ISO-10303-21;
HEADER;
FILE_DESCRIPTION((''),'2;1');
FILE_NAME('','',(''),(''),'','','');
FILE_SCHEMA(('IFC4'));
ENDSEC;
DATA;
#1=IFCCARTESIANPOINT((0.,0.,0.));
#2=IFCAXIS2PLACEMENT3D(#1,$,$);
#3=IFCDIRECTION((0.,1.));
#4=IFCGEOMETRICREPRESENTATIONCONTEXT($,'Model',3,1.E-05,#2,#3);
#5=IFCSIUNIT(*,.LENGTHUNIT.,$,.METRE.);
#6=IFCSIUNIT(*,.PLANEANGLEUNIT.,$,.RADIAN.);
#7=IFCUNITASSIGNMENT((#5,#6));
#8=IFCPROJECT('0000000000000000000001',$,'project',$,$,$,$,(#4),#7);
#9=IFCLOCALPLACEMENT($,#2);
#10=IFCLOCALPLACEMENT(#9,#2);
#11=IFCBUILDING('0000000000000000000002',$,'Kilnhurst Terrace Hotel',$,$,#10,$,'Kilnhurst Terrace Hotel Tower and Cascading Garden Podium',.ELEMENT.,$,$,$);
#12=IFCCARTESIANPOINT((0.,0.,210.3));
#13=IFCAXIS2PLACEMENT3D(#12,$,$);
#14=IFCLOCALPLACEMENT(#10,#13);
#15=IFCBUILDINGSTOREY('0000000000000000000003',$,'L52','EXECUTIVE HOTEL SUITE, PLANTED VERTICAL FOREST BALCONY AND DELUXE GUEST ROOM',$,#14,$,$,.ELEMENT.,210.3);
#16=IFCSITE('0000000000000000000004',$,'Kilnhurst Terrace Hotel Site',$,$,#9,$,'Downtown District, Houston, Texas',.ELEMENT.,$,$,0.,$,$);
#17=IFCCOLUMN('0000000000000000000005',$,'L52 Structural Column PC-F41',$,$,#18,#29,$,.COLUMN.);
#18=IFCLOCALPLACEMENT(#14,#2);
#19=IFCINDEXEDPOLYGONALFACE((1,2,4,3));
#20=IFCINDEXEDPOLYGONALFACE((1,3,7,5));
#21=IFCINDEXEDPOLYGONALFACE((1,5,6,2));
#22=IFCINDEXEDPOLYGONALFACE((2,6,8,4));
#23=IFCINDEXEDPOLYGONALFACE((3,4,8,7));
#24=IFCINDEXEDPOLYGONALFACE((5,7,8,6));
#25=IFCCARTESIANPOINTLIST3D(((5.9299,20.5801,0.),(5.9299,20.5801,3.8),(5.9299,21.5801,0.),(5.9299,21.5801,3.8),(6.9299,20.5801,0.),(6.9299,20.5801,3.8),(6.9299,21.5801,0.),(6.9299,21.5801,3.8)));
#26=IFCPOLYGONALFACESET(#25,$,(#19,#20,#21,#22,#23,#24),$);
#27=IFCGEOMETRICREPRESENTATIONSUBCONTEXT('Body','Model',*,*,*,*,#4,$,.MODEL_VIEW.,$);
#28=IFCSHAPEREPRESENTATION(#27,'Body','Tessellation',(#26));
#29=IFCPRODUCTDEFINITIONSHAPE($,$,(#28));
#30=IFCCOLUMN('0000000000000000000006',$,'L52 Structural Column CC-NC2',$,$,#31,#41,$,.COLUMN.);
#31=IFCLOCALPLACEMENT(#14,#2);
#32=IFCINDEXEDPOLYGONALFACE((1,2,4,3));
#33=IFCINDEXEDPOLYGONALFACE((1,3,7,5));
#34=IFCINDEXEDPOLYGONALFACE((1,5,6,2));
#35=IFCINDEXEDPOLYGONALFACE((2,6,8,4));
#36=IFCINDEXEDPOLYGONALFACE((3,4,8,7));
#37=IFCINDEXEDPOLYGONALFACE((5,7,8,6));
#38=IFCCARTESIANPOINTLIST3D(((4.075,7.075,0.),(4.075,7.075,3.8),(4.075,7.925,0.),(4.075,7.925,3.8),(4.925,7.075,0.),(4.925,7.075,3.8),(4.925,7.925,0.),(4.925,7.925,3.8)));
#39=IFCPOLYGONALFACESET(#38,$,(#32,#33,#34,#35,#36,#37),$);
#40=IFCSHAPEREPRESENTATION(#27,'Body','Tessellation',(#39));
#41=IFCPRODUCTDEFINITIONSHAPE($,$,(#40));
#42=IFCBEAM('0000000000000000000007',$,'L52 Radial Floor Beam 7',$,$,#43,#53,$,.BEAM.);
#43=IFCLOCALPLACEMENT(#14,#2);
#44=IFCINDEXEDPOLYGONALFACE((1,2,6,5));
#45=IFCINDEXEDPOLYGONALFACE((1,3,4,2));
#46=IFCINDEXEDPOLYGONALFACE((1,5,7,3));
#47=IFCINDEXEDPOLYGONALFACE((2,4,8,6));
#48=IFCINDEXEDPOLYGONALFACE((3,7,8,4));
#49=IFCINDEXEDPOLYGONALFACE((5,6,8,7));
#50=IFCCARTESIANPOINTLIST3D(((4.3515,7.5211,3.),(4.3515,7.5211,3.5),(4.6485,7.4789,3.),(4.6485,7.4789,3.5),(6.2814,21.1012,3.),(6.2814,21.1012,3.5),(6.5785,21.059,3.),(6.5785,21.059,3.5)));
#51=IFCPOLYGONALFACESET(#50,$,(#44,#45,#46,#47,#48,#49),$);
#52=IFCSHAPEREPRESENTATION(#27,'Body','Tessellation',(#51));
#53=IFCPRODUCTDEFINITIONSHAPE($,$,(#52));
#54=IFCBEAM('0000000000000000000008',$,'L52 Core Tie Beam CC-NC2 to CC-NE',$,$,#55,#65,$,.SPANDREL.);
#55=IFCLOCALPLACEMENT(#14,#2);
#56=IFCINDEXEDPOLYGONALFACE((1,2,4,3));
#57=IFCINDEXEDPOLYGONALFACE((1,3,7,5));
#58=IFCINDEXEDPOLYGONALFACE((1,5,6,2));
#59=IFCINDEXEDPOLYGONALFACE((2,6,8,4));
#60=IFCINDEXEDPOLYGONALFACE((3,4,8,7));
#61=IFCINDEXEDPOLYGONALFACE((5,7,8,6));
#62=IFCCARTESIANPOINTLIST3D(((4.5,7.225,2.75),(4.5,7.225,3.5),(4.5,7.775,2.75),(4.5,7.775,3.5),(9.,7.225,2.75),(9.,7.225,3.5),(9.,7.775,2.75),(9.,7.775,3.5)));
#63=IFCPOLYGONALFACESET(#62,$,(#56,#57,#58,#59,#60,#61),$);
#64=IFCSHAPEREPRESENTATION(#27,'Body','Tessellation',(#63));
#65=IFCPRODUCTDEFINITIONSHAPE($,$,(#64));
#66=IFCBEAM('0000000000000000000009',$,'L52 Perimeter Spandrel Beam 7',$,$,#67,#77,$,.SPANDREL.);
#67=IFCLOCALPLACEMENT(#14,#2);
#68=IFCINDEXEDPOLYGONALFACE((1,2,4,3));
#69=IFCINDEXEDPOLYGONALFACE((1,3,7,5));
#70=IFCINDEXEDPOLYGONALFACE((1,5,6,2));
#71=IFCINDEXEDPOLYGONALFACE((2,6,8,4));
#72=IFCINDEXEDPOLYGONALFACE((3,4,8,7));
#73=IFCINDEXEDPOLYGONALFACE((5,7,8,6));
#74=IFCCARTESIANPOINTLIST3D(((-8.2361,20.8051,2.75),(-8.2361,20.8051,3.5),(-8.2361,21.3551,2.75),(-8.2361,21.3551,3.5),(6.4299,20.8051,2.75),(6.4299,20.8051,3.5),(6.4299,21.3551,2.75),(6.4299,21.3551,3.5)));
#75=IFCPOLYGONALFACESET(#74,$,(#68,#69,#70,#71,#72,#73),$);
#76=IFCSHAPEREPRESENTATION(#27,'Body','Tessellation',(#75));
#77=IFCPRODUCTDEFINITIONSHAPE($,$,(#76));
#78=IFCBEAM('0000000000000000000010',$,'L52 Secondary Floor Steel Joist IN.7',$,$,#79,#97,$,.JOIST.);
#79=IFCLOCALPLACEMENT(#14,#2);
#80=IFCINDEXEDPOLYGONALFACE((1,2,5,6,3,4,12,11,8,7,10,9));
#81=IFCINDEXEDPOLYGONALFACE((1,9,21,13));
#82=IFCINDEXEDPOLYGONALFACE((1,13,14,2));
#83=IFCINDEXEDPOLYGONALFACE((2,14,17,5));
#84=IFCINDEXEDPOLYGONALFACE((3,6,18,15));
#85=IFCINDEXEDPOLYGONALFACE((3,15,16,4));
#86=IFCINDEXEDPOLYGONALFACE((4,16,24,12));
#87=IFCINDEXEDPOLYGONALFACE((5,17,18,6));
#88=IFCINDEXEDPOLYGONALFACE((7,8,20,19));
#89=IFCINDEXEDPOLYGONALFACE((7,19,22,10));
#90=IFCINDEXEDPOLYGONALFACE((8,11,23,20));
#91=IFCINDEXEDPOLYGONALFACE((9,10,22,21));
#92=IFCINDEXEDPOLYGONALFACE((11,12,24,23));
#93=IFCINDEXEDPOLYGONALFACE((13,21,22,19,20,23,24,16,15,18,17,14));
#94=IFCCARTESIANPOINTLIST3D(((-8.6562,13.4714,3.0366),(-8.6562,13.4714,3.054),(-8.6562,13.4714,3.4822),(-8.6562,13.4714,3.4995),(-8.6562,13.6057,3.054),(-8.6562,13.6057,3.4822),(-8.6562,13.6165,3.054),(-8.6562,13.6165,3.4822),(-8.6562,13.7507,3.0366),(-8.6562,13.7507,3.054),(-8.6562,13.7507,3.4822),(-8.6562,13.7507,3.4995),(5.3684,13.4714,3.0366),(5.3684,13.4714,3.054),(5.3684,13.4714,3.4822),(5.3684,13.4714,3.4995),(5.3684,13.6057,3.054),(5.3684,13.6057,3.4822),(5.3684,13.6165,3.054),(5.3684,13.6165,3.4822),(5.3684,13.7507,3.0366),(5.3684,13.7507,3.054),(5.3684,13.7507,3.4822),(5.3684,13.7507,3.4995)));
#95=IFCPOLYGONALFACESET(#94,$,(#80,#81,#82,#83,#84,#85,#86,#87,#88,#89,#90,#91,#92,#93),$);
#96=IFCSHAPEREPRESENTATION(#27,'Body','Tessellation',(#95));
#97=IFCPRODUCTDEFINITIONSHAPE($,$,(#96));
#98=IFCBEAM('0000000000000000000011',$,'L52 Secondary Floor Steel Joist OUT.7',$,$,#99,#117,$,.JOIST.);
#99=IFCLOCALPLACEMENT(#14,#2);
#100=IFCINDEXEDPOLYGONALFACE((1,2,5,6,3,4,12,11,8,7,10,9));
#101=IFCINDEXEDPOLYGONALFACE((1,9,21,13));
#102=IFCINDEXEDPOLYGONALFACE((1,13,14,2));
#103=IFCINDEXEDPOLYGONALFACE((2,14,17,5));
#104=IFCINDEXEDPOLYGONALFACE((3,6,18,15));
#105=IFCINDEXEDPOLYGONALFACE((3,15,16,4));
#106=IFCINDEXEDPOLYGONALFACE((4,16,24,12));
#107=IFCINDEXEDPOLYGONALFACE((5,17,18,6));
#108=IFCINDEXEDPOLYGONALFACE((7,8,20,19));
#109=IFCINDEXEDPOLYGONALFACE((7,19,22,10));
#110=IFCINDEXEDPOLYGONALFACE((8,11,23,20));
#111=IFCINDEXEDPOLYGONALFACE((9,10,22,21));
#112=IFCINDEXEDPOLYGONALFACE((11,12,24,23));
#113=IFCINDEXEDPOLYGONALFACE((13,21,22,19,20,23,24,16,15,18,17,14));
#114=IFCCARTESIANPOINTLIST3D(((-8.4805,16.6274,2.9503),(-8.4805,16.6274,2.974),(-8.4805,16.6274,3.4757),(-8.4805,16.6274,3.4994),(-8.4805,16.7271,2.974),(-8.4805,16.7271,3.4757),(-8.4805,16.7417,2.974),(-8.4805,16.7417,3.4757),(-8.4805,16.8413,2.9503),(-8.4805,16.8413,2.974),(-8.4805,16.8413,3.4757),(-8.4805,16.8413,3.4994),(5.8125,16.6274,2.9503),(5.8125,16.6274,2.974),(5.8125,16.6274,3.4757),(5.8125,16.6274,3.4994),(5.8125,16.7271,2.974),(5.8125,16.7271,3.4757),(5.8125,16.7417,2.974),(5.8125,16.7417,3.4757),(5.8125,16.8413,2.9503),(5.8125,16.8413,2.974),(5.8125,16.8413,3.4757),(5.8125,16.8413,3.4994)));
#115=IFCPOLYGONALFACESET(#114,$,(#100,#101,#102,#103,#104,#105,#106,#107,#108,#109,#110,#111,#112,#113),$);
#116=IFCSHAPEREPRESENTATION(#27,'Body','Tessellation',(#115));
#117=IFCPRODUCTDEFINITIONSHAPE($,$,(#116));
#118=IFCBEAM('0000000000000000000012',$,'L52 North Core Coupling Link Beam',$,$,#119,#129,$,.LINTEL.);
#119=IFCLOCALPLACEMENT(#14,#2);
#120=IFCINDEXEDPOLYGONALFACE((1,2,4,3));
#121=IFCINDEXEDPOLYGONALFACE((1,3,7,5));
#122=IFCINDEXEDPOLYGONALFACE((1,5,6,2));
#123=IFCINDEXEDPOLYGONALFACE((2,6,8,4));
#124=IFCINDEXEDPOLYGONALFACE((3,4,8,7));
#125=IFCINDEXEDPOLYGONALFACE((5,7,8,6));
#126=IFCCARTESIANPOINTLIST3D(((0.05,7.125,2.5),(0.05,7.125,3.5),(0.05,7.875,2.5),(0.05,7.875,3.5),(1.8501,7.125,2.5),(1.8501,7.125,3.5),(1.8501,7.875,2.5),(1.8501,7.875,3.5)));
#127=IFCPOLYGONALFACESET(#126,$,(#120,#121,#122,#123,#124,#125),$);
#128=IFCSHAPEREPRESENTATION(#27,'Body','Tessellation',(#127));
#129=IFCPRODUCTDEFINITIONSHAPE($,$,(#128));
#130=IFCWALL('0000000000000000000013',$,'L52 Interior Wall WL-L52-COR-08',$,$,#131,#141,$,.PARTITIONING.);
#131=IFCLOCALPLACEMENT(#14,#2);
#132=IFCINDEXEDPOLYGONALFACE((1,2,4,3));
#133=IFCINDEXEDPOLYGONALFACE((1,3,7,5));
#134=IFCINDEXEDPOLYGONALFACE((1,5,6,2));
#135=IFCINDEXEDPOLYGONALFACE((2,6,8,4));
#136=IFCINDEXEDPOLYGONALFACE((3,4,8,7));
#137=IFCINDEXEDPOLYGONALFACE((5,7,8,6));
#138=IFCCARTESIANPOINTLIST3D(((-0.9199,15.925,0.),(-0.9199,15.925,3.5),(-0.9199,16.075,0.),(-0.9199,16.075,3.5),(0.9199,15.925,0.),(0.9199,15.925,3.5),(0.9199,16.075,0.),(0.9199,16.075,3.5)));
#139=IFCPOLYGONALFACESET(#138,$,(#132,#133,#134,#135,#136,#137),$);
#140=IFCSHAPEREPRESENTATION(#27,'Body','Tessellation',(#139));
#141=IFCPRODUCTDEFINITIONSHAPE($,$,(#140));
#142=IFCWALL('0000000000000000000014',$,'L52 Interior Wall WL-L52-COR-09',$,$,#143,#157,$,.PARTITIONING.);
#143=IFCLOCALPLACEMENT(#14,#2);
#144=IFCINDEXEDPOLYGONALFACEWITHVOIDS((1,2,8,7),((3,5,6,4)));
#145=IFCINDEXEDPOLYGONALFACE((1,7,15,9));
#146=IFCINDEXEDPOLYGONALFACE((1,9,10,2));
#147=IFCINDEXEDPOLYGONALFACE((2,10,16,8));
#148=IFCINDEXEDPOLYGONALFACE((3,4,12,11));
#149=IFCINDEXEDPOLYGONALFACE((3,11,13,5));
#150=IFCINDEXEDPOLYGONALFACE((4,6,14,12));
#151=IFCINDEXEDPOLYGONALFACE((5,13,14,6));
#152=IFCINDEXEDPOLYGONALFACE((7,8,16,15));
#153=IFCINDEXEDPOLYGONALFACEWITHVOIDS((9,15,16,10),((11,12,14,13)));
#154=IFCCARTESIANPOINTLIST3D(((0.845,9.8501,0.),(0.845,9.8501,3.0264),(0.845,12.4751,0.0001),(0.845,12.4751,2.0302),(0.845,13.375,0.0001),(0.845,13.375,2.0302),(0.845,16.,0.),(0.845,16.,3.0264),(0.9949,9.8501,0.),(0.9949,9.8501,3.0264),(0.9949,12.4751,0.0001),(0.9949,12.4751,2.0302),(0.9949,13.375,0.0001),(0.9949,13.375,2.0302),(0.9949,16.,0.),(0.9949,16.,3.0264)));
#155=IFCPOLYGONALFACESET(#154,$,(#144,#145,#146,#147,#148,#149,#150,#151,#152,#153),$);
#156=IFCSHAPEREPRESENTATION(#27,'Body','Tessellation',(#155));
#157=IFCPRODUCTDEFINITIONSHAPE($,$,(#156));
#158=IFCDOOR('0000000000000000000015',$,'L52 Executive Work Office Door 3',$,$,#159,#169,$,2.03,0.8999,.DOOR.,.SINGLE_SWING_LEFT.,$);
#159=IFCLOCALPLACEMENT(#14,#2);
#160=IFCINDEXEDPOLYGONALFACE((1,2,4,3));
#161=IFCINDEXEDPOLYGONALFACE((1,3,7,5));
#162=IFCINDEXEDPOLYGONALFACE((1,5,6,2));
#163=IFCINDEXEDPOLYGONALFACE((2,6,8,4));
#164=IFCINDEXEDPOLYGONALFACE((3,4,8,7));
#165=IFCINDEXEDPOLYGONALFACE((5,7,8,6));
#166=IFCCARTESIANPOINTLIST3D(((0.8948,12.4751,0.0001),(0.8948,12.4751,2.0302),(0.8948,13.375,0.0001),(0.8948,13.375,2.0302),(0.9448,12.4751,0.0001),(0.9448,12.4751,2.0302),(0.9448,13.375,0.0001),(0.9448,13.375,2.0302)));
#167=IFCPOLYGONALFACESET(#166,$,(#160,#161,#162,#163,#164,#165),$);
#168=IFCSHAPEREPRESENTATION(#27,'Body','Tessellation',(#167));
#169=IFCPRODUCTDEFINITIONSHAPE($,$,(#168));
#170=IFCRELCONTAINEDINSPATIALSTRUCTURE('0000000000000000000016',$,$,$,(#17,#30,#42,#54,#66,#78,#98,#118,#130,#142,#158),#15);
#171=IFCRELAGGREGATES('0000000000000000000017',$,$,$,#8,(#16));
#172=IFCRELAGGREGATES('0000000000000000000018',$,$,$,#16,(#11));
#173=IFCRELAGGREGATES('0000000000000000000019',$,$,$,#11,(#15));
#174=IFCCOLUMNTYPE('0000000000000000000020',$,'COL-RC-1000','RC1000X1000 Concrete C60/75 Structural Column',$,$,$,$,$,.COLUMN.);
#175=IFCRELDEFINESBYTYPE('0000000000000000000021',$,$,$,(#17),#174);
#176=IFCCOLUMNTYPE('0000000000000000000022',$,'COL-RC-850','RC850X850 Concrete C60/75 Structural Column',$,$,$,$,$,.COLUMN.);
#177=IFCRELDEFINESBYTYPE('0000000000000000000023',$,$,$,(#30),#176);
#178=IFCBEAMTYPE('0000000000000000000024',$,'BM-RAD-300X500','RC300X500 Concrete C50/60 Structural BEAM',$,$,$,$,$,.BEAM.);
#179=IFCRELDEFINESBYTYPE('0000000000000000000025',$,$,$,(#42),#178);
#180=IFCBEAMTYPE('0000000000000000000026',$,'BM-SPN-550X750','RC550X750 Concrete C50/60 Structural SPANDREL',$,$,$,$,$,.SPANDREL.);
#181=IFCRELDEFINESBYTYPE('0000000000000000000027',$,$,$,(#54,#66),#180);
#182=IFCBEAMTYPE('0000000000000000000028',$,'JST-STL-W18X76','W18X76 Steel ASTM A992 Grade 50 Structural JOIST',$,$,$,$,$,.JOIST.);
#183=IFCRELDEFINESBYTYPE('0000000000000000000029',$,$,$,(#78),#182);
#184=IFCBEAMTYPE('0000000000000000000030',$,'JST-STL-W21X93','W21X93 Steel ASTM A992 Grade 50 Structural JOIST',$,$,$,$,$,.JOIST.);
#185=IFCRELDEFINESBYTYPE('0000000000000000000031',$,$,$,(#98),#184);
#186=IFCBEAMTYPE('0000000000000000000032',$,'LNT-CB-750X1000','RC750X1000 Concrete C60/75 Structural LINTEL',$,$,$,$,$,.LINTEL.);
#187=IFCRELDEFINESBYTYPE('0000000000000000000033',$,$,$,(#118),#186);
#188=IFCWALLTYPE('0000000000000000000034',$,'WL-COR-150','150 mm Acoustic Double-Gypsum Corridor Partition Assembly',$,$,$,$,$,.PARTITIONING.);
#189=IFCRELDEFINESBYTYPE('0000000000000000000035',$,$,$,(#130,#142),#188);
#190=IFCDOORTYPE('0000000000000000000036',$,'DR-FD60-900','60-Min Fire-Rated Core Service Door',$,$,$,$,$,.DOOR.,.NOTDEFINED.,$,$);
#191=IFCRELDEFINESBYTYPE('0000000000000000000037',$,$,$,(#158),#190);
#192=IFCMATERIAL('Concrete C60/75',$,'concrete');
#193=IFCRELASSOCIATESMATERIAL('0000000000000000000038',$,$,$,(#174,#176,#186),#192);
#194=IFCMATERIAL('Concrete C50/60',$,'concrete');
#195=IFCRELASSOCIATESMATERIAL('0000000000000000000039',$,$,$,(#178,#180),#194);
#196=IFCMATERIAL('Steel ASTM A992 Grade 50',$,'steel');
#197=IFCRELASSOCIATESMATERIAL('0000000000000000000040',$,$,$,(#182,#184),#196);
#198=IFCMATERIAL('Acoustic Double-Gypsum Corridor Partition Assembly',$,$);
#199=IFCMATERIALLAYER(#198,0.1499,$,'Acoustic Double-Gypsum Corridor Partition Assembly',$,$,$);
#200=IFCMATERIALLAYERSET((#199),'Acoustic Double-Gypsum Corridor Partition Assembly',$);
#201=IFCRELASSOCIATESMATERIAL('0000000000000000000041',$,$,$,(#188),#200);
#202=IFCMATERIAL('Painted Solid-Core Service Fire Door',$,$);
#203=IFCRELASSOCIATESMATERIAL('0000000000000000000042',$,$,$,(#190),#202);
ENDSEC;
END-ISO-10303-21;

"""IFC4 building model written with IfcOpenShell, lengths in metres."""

from ifc_helpers import new_model, si_unit, direction, frame, frame_2d, origin, origin_2d, place, context, subcontext, project, spatial, rectangle, i_section, extrude, material, layer, layer_set, material_profile, profile_set, type_object, element, fill, save


model = new_model("IFC4")

# Units and contexts
model_context = context("Model", 3, precision=1e-05, world=origin(), true_north=direction((0.0, 1.0)))
body_context = subcontext(model_context, "Body", "Model", "MODEL_VIEW")
ifc_project = project(units=[si_unit("LENGTHUNIT", "METRE"), si_unit("PLANEANGLEUNIT", "RADIAN")], contexts=[model_context])

# Site, building, storey
site_placement = place(None, origin())
site = spatial("IfcSite", under=ifc_project, at=site_placement, Name="Kilnhurst Terrace Hotel Site", LongName="Downtown District, Houston, Texas", CompositionType="ELEMENT", RefElevation=0.0)
building_placement = place(site_placement, origin())
building = spatial("IfcBuilding", under=site, at=building_placement, Name="Kilnhurst Terrace Hotel", LongName="Kilnhurst Terrace Hotel Tower and Cascading Garden Podium", CompositionType="ELEMENT")
storey_placement = place(building_placement, frame((0.0, 0.0, 210.3)))
storey = spatial("IfcBuildingStorey", under=building, at=storey_placement, Name="L52", Description="EXECUTIVE HOTEL SUITE, PLANTED VERTICAL FOREST BALCONY AND DELUXE GUEST ROOM", CompositionType="ELEMENT", Elevation=210.3)

# Columns
ifc_material_1 = material(Name="Concrete C60/75", Category="concrete")
ifc_material_profile_1 = material_profile(ifc_material_1, rectangle(XDim=1.0, YDim=1.0, at=origin_2d()), Name="RC1000X1000")
ifc_profile_set_1 = profile_set([ifc_material_profile_1], Name="Concrete C60/75")
column_type_1 = type_object("IfcColumnType", Name="COL-RC-1000", Description="RC1000X1000 Concrete C60/75 Structural Column", PredefinedType="COLUMN", material=ifc_profile_set_1)
column_1_placement = place(storey_placement, frame((6.4299, 21.0801, 0.0), z_axis=(0.0, 0.0, 1.0), x_axis=(1.0, 0.0, 0.0)))
element("IfcColumn", 1, at=column_1_placement, inside=storey, type_object=column_type_1, Name="L52 Structural Column PC-F41", PredefinedType="COLUMN", context=body_context, shape_type="SweptSolid", body=[
    extrude(rectangle(XDim=1.0, YDim=1.0, at=origin_2d()), origin(), (0.0, 0.0, 1.0), 3.8),
])
ifc_material_profile_2 = material_profile(ifc_material_1, rectangle(XDim=0.8501, YDim=0.8501, at=origin_2d()), Name="RC850X850")
ifc_profile_set_2 = profile_set([ifc_material_profile_2], Name="Concrete C60/75")
column_type_2 = type_object("IfcColumnType", Name="COL-RC-850", Description="RC850X850 Concrete C60/75 Structural Column", PredefinedType="COLUMN", material=ifc_profile_set_2)
column_2_placement = place(storey_placement, frame((4.5, 7.5, 0.0), z_axis=(0.0, 0.0, 1.0), x_axis=(1.0, 0.0, 0.0)))
element("IfcColumn", 2, at=column_2_placement, inside=storey, type_object=column_type_2, Name="L52 Structural Column CC-NC2", PredefinedType="COLUMN", context=body_context, shape_type="SweptSolid", body=[
    extrude(rectangle(XDim=0.8501, YDim=0.8501, at=origin_2d()), origin(), (0.0, 0.0, 1.0), 3.8),
])

# Beams
ifc_material_2 = material(Name="Concrete C50/60", Category="concrete")
ifc_material_profile_3 = material_profile(ifc_material_2, rectangle(XDim=0.3, YDim=0.5, at=origin_2d()), Name="RC300X500")
ifc_profile_set_3 = profile_set([ifc_material_profile_3], Name="Concrete C50/60")
beam_type_1 = type_object("IfcBeamType", Name="BM-RAD-300X500", Description="RC300X500 Concrete C50/60 Structural BEAM", PredefinedType="BEAM", material=ifc_profile_set_3)
beam_1_placement = place(storey_placement, frame((4.5, 7.5, 3.25), z_axis=(0.140701, 0.990052, 0.0), x_axis=(-0.990052, 0.140701, 0.0)))
element("IfcBeam", 3, at=beam_1_placement, inside=storey, type_object=beam_type_1, Name="L52 Radial Floor Beam 7", PredefinedType="BEAM", context=body_context, shape_type="SweptSolid", body=[
    extrude(rectangle(XDim=0.3, YDim=0.5, at=origin_2d()), origin(), (0.0, 0.0, 1.0), 13.7166),
])
ifc_material_profile_4 = material_profile(ifc_material_2, rectangle(XDim=0.55, YDim=0.75, at=origin_2d()), Name="RC550X750")
ifc_profile_set_4 = profile_set([ifc_material_profile_4], Name="Concrete C50/60")
beam_type_2 = type_object("IfcBeamType", Name="BM-SPN-550X750", Description="RC550X750 Concrete C50/60 Structural SPANDREL", PredefinedType="SPANDREL", material=ifc_profile_set_4)
beam_2_placement = place(storey_placement, frame((4.5, 7.5, 3.125), z_axis=(1.0, 0.0, 0.0), x_axis=(0.0, 1.0, 0.0)))
element("IfcBeam", 4, at=beam_2_placement, inside=storey, type_object=beam_type_2, Name="L52 Core Tie Beam CC-NC2 to CC-NE", PredefinedType="SPANDREL", context=body_context, shape_type="SweptSolid", body=[
    extrude(rectangle(XDim=0.55, YDim=0.75, at=origin_2d()), origin(), (0.0, 0.0, 1.0), 4.5),
])
beam_3_placement = place(storey_placement, frame((6.4299, 21.0801, 3.125), z_axis=(-1.0, 0.0, 0.0), x_axis=(0.0, -1.0, 0.0)))
element("IfcBeam", 5, at=beam_3_placement, inside=storey, type_object=beam_type_2, Name="L52 Perimeter Spandrel Beam 7", PredefinedType="SPANDREL", context=body_context, shape_type="SweptSolid", body=[
    extrude(rectangle(XDim=0.55, YDim=0.75, at=origin_2d()), origin(), (0.0, 0.0, 1.0), 14.666),
])
ifc_material_3 = material(Name="Steel ASTM A992 Grade 50", Category="steel")
ifc_material_profile_5 = material_profile(ifc_material_3, i_section(OverallWidth=0.2793, OverallDepth=0.4629, WebThickness=0.0107, FlangeThickness=0.0173, at=origin_2d()), Name="W18X76")
ifc_profile_set_5 = profile_set([ifc_material_profile_5], Name="Steel ASTM A992 Grade 50")
beam_type_3 = type_object("IfcBeamType", Name="JST-STL-W18X76", Description="W18X76 Steel ASTM A992 Grade 50 Structural JOIST", PredefinedType="JOIST", material=ifc_profile_set_5)
beam_4_placement = place(storey_placement, frame((5.3684, 13.6111, 3.2681), z_axis=(-1.0, 0.0, 0.0), x_axis=(0.0, -1.0, 0.0)))
element("IfcBeam", 6, at=beam_4_placement, inside=storey, type_object=beam_type_3, Name="L52 Secondary Floor Steel Joist IN.7", PredefinedType="JOIST", context=body_context, shape_type="SweptSolid", body=[
    extrude(i_section(OverallWidth=0.2793, OverallDepth=0.4629, WebThickness=0.0107, FlangeThickness=0.0173, at=origin_2d()), origin(), (0.0, 0.0, 1.0), 14.0247),
])
ifc_material_profile_6 = material_profile(ifc_material_3, i_section(OverallWidth=0.2139, OverallDepth=0.5491, WebThickness=0.0146, FlangeThickness=0.0237, at=origin_2d()), Name="W21X93")
ifc_profile_set_6 = profile_set([ifc_material_profile_6], Name="Steel ASTM A992 Grade 50")
beam_type_4 = type_object("IfcBeamType", Name="JST-STL-W21X93", Description="W21X93 Steel ASTM A992 Grade 50 Structural JOIST", PredefinedType="JOIST", material=ifc_profile_set_6)
beam_5_placement = place(storey_placement, frame((5.8125, 16.7344, 3.2249), z_axis=(-1.0, 0.0, 0.0), x_axis=(0.0, -1.0, 0.0)))
element("IfcBeam", 7, at=beam_5_placement, inside=storey, type_object=beam_type_4, Name="L52 Secondary Floor Steel Joist OUT.7", PredefinedType="JOIST", context=body_context, shape_type="SweptSolid", body=[
    extrude(i_section(OverallWidth=0.2139, OverallDepth=0.5491, WebThickness=0.0146, FlangeThickness=0.0237, at=origin_2d()), origin(), (0.0, 0.0, 1.0), 14.293),
])
ifc_material_profile_7 = material_profile(ifc_material_1, rectangle(XDim=0.75, YDim=1.0, at=origin_2d()), Name="RC750X1000")
ifc_profile_set_7 = profile_set([ifc_material_profile_7], Name="Concrete C60/75")
beam_type_5 = type_object("IfcBeamType", Name="LNT-CB-750X1000", Description="RC750X1000 Concrete C60/75 Structural LINTEL", PredefinedType="LINTEL", material=ifc_profile_set_7)
beam_6_placement = place(storey_placement, frame((0.05, 7.5, 3.0), z_axis=(1.0, 0.0, 0.0), x_axis=(0.0, 1.0, 0.0)))
element("IfcBeam", 8, at=beam_6_placement, inside=storey, type_object=beam_type_5, Name="L52 North Core Coupling Link Beam", PredefinedType="LINTEL", context=body_context, shape_type="SweptSolid", body=[
    extrude(rectangle(XDim=0.75, YDim=1.0, at=origin_2d()), origin(), (0.0, 0.0, 1.0), 1.8),
])

# Wall
ifc_material_4 = material(Name="Acoustic Double-Gypsum Corridor Partition Assembly")
ifc_layer_1 = layer(ifc_material_4, 0.1499, Name="Acoustic Double-Gypsum Corridor Partition Assembly")
ifc_layer_set_1 = layer_set([ifc_layer_1], Name="Acoustic Double-Gypsum Corridor Partition Assembly")
wall_type_1 = type_object("IfcWallType", Name="WL-COR-150", Description="150 mm Acoustic Double-Gypsum Corridor Partition Assembly", PredefinedType="PARTITIONING", material=ifc_layer_set_1)
wall_1_placement = place(storey_placement, frame((-0.9199, 16.0, 0.0), z_axis=(0.0, 0.0, 1.0), x_axis=(1.0, 0.0, 0.0)))
element("IfcWall", 9, at=wall_1_placement, inside=storey, type_object=wall_type_1, Name="L52 Interior Wall WL-L52-COR-08", PredefinedType="PARTITIONING", context=body_context, shape_type="SweptSolid", body=[
    extrude(rectangle(XDim=1.8398, YDim=0.1499, at=frame_2d((0.9199, 0.0))), origin(), (0.0, 0.0, 1.0), 3.5),
])

# Wall, opening, door
wall_2_placement = place(storey_placement, frame((0.9199, 16.0, 0.0), z_axis=(0.0, 0.0, 1.0), x_axis=(0.0, -1.0, 0.0)))
wall_2 = element("IfcWall", 10, at=wall_2_placement, inside=storey, type_object=wall_type_1, Name="L52 Interior Wall WL-L52-COR-09", PredefinedType="PARTITIONING", context=body_context, shape_type="SweptSolid", body=[
    extrude(rectangle(XDim=6.1499, YDim=0.1499, at=frame_2d((3.075, 0.0))), origin(), (0.0, 0.0, 1.0), 3.0264),
])
opening_1_placement = place(wall_2_placement, frame((2.625, 0.0, 0.0)))
opening_1 = element("IfcOpeningElement", 11, at=opening_1_placement, cuts=wall_2, PredefinedType="OPENING", context=body_context, shape_type="SweptSolid", body=[
    extrude(rectangle(XDim=0.8999, YDim=2.03, at=frame_2d((0.45, 1.0151))), frame((0.0, 0.085, 0.0), z_axis=(0.0, -1.0, 0.0), x_axis=(1.0, 0.0, 0.0)), (0.0, 0.0, 1.0), 0.1699),
])
ifc_material_5 = material(Name="Painted Solid-Core Service Fire Door")
door_type_1 = type_object("IfcDoorType", Name="DR-FD60-900", Description="60-Min Fire-Rated Core Service Door", OperationType="NOTDEFINED", PredefinedType="DOOR", material=ifc_material_5)
door_1_placement = place(opening_1_placement, origin())
door_1 = element("IfcDoor", 12, at=door_1_placement, inside=storey, type_object=door_type_1, Name="L52 Executive Work Office Door 3", OperationType="SINGLE_SWING_LEFT", OverallHeight=2.03, OverallWidth=0.8999, PredefinedType="DOOR", context=body_context, shape_type="SweptSolid", body=[
    extrude(rectangle(XDim=0.8999, YDim=2.03, at=frame_2d((0.45, 1.0151))), frame((0.0, 0.0249, 0.0), z_axis=(0.0, -1.0, 0.0), x_axis=(1.0, 0.0, 0.0)), (0.0, 0.0, 1.0), 0.05),
])
fill(opening_1, door_1)

save(model, "model.ifc")
